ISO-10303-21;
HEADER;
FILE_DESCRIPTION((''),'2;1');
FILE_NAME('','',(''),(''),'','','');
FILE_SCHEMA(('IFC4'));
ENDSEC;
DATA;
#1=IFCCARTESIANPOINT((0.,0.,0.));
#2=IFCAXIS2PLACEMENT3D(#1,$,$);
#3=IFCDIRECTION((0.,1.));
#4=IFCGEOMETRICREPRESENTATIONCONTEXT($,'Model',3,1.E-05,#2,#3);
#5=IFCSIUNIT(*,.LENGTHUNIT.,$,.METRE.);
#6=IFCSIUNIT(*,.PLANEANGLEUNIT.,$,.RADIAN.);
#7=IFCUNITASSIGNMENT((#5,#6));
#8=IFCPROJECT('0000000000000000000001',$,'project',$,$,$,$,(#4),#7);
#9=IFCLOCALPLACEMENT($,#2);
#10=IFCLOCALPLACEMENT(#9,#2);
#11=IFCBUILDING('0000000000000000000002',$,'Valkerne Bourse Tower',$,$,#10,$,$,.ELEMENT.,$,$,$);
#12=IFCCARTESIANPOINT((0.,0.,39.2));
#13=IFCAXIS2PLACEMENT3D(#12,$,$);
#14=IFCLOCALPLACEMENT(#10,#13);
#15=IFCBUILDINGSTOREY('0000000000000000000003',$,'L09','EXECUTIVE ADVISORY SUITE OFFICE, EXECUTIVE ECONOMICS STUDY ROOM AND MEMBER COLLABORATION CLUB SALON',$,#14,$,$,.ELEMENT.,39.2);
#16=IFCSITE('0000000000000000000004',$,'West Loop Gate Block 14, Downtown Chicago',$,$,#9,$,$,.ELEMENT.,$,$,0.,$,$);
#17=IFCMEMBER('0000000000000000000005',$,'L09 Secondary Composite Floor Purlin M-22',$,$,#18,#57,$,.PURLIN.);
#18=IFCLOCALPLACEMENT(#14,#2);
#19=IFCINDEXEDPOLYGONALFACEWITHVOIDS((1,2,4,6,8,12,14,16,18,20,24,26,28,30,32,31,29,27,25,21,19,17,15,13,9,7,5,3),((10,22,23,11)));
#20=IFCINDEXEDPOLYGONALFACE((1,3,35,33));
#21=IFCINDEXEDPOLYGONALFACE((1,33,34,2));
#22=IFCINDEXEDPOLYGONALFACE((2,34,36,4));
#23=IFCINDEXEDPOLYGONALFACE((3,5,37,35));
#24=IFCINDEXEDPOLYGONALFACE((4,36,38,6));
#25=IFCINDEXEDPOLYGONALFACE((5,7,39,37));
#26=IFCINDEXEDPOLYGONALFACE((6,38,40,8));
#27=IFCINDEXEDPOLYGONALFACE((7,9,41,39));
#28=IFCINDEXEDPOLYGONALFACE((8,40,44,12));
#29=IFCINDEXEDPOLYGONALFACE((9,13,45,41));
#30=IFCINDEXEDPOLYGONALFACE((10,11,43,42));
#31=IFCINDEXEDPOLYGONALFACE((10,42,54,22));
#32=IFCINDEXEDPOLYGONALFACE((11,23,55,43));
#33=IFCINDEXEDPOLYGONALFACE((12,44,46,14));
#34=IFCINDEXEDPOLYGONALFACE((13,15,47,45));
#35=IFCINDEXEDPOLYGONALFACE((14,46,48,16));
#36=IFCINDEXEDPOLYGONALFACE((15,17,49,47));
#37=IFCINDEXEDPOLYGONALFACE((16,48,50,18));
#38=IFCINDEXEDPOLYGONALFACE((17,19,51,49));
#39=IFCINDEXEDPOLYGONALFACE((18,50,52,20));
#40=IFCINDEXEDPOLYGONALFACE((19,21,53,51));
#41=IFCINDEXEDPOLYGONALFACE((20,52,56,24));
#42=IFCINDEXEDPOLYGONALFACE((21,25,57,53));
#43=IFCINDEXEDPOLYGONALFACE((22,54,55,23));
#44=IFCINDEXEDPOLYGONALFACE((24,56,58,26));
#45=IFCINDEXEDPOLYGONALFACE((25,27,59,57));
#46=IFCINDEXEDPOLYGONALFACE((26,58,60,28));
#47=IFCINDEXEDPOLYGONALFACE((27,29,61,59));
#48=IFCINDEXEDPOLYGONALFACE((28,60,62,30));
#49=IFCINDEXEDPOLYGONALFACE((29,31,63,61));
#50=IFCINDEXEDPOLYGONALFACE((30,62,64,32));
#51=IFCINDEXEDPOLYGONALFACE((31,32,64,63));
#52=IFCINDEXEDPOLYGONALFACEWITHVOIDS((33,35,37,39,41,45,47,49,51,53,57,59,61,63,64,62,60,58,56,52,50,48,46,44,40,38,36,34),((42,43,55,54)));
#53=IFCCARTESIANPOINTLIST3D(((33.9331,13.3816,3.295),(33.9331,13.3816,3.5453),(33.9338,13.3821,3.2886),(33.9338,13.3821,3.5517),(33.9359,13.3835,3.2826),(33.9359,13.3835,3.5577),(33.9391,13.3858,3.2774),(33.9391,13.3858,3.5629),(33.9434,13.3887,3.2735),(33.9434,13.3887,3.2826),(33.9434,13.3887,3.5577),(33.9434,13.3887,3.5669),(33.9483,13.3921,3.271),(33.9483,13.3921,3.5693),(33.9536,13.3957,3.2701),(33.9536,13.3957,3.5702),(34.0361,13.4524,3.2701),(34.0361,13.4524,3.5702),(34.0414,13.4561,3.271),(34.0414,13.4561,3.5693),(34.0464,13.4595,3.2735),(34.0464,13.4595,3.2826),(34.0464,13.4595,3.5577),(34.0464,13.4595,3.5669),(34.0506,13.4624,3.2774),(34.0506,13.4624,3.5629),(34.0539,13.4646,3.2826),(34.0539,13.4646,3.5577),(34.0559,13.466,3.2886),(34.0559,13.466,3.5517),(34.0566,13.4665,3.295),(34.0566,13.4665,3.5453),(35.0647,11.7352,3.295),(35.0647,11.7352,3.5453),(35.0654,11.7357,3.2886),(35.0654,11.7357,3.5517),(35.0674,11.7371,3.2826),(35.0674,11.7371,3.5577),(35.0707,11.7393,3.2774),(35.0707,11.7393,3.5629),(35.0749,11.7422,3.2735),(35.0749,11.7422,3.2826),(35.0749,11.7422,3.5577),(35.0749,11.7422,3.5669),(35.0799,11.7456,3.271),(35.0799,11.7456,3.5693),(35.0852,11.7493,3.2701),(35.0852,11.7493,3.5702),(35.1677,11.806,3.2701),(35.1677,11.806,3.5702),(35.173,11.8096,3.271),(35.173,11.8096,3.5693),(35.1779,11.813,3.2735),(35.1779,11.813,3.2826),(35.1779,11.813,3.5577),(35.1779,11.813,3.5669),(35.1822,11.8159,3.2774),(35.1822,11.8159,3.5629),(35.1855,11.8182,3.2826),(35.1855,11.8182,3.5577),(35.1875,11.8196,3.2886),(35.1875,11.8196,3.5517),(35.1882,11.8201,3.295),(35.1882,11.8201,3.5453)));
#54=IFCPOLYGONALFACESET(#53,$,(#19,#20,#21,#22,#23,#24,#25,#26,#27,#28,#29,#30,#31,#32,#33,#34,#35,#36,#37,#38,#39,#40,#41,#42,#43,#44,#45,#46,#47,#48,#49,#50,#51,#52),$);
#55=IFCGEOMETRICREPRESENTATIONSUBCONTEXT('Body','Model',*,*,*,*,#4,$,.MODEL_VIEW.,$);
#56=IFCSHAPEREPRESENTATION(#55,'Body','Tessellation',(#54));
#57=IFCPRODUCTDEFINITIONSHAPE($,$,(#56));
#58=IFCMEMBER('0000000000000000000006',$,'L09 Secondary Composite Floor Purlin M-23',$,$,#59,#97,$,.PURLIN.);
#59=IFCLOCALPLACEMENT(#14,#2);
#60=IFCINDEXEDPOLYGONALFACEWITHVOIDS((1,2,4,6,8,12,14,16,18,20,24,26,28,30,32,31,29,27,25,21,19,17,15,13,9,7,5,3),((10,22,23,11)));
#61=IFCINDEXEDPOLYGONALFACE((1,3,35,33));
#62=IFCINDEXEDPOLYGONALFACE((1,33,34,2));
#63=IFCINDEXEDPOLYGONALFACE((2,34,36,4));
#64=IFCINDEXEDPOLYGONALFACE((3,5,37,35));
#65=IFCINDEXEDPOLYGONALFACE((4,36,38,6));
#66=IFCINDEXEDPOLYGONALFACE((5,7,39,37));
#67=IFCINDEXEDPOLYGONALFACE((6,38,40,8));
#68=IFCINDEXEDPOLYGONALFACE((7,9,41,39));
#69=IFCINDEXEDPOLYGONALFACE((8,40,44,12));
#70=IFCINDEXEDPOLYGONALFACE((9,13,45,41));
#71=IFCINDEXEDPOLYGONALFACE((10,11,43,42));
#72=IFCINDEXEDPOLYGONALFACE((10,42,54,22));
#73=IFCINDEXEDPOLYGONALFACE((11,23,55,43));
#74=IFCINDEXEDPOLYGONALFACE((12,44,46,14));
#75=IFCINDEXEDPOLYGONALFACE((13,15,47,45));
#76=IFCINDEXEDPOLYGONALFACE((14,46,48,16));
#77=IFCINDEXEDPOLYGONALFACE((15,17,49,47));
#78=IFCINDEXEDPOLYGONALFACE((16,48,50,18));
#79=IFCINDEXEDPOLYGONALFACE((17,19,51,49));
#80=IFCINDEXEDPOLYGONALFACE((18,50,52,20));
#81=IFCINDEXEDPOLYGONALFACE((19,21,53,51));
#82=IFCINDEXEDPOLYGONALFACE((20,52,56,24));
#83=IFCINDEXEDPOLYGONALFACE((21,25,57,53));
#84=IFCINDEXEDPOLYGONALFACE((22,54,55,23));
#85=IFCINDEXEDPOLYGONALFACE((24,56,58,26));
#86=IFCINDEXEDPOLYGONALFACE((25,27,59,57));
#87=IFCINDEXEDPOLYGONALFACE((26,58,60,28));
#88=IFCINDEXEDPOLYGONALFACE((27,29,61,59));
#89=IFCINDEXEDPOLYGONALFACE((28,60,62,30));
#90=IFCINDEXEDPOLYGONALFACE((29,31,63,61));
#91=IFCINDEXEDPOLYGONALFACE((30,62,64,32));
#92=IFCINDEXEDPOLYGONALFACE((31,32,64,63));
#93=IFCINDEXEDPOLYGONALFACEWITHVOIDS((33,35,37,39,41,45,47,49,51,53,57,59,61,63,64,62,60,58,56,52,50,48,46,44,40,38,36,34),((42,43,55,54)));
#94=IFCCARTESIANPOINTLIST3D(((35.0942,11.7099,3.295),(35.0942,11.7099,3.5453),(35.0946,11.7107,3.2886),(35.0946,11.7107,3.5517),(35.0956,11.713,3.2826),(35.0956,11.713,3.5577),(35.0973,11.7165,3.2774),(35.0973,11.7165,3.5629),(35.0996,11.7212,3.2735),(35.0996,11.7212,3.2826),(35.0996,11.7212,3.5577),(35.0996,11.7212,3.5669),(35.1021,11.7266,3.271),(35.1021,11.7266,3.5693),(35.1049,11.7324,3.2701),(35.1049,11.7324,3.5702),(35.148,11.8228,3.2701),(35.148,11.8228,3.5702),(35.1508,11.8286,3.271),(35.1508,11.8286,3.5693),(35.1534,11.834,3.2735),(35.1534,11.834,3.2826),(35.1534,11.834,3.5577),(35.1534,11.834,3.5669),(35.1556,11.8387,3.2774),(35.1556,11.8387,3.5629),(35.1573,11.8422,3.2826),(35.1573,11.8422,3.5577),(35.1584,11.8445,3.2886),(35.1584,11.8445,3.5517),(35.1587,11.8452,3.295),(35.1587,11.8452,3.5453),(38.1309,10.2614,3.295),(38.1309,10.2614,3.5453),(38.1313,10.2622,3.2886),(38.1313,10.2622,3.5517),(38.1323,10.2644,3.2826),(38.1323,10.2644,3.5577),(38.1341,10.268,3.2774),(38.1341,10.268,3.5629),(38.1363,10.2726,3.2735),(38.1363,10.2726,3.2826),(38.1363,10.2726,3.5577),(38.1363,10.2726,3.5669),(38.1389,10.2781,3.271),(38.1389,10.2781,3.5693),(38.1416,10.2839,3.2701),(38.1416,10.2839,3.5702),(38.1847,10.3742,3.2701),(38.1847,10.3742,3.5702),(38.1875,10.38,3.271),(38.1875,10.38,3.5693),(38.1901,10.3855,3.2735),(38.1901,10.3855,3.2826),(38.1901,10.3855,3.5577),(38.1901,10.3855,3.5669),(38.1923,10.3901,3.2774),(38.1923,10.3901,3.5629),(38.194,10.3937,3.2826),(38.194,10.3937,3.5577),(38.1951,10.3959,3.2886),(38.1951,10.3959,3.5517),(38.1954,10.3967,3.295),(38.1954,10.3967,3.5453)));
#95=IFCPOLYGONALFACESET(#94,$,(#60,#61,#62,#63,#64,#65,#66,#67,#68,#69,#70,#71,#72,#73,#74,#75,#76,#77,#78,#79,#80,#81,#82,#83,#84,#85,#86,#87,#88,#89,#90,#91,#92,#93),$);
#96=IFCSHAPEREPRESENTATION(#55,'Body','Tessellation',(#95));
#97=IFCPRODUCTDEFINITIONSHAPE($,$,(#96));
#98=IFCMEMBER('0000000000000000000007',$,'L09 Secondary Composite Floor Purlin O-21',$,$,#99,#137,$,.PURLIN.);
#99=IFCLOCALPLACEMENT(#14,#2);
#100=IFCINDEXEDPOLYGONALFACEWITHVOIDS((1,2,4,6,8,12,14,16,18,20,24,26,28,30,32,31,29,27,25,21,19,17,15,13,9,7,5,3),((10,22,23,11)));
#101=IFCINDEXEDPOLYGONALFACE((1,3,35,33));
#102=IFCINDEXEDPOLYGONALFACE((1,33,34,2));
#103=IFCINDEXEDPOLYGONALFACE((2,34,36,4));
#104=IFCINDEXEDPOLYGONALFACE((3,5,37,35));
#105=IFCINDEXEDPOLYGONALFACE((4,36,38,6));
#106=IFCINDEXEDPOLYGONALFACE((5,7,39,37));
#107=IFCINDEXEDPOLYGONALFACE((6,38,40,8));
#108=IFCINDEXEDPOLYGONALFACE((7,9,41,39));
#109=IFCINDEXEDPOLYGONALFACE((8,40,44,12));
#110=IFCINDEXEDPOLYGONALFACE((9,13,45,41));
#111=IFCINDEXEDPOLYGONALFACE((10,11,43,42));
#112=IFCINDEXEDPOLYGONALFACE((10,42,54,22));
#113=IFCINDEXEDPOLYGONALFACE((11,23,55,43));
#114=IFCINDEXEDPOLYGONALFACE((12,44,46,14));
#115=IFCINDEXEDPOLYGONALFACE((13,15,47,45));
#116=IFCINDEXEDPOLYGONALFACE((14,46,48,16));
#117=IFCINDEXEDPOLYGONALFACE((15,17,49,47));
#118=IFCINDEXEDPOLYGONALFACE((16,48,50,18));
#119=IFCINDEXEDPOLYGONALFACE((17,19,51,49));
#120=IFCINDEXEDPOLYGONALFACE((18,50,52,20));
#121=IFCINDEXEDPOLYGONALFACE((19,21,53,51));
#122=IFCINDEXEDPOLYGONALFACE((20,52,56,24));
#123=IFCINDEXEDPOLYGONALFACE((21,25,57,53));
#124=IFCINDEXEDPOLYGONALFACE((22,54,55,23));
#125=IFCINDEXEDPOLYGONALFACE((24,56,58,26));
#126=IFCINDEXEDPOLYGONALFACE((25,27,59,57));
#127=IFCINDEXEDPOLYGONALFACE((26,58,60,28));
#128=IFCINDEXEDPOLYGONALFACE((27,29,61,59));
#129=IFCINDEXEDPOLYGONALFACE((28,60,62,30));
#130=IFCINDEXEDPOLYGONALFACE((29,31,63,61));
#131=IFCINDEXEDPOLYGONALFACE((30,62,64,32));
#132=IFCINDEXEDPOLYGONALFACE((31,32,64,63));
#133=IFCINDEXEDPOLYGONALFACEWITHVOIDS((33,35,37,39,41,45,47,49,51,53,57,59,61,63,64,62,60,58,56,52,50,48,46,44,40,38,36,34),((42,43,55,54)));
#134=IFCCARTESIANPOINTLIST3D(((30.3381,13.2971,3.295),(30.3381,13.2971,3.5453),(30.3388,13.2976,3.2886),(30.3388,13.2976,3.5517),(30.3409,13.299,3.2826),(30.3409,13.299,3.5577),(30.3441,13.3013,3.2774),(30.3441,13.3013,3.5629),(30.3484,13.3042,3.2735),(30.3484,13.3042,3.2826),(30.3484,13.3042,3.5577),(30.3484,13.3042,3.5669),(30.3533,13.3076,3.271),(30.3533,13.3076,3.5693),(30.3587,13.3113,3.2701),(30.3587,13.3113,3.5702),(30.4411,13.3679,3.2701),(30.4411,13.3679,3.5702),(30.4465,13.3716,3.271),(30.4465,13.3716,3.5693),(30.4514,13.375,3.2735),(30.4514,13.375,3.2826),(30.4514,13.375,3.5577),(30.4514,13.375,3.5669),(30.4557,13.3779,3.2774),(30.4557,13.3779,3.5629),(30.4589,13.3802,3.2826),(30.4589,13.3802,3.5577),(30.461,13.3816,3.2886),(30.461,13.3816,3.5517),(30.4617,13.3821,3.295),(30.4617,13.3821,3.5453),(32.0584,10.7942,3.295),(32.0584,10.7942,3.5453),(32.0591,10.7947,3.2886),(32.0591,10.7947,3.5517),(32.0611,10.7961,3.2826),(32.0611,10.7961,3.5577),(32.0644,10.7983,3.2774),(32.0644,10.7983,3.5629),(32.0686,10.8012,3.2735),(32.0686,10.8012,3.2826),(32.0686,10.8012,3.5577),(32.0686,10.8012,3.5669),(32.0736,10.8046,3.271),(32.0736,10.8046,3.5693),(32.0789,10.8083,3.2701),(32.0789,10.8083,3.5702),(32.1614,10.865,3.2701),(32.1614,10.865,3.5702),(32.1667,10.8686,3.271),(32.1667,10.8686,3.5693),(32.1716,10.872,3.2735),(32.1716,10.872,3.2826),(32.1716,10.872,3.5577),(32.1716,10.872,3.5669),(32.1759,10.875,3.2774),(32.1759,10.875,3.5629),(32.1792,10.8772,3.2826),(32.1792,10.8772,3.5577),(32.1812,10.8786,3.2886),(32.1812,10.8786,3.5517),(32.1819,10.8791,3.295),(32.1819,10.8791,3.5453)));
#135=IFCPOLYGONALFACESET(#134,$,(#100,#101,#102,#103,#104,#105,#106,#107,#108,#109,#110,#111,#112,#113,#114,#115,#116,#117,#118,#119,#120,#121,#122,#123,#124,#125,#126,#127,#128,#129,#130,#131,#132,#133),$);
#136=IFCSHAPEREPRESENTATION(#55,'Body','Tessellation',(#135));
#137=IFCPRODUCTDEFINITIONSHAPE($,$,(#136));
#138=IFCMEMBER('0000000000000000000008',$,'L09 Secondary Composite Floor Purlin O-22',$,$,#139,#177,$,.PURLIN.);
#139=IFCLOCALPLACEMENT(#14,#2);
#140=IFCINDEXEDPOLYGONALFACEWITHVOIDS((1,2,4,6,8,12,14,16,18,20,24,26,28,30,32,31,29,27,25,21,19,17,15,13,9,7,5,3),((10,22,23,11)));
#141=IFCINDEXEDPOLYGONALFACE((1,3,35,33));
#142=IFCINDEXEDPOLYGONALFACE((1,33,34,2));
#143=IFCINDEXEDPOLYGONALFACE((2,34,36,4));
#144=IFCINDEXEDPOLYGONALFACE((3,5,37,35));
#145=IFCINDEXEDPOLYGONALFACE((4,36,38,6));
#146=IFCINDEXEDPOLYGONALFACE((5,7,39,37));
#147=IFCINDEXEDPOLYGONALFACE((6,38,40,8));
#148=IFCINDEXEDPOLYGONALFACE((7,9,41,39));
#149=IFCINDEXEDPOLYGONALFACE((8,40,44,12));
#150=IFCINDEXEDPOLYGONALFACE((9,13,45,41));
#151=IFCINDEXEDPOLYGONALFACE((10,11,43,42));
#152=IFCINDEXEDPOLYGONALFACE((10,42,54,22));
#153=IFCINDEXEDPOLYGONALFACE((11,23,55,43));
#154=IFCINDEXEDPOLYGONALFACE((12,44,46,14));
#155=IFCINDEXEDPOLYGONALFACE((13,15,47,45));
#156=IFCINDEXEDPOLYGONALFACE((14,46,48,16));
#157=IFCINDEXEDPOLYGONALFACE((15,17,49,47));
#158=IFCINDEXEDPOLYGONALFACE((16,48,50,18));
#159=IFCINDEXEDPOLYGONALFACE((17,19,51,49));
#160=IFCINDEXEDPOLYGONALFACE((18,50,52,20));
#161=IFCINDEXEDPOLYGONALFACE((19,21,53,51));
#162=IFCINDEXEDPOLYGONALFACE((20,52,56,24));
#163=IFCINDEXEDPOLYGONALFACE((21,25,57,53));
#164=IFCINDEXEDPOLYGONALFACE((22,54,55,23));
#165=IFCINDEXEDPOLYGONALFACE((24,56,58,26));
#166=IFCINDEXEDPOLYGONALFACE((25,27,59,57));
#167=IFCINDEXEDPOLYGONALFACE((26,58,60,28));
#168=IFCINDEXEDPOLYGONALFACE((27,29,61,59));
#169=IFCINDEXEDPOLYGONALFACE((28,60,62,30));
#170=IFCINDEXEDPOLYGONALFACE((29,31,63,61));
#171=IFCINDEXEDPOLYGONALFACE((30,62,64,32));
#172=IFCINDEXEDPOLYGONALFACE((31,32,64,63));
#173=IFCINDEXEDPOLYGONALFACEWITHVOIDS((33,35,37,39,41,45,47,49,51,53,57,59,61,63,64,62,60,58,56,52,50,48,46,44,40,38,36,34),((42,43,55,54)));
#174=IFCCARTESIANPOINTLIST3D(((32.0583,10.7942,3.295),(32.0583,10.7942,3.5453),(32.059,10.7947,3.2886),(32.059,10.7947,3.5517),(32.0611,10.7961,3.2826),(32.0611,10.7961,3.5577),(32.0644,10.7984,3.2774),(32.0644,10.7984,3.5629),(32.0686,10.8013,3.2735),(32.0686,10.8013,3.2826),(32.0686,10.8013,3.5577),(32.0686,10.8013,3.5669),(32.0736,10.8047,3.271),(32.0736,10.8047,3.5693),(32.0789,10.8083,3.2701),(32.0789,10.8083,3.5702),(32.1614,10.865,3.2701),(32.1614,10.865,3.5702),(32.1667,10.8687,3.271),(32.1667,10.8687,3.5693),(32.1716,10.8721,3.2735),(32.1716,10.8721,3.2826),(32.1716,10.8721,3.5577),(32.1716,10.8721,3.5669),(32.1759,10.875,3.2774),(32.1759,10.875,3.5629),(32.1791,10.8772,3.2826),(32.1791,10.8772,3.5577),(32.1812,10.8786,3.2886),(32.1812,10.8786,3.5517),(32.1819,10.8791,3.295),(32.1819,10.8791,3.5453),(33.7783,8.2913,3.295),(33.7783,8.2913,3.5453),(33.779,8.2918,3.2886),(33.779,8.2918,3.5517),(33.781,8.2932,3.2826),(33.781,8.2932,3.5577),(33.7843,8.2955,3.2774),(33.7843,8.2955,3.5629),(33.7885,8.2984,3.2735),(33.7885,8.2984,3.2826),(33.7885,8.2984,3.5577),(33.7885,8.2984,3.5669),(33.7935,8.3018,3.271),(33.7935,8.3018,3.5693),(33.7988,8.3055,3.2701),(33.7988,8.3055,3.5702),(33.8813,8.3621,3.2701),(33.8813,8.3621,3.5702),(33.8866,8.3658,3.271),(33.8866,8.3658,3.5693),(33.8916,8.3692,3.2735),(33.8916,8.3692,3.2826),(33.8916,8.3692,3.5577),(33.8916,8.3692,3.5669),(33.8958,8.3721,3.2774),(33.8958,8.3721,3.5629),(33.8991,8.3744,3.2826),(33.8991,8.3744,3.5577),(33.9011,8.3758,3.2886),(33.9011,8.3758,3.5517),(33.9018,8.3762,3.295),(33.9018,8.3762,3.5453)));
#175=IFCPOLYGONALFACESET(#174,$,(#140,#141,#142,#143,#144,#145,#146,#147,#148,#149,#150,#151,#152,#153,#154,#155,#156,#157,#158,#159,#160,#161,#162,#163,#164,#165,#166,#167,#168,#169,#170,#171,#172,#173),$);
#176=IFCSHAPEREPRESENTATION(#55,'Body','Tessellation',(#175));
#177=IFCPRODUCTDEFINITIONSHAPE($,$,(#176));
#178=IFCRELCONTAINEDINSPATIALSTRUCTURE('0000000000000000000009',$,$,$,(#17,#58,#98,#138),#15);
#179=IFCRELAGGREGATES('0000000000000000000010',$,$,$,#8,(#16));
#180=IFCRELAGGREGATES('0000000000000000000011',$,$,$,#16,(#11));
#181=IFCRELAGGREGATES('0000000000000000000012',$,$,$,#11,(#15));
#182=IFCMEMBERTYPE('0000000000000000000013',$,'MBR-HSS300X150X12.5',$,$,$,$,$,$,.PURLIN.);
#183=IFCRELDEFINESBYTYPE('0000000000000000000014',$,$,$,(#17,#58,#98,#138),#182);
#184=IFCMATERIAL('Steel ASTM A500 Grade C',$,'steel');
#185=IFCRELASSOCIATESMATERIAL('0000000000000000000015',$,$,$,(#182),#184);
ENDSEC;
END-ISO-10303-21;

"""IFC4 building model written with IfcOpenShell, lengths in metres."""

from ifc_helpers import new_model, si_unit, direction, frame, origin, origin_2d, place, context, subcontext, project, spatial, hollow_rectangle, extrude, material, material_profile, profile_set, type_object, element, save


model = new_model("IFC4")

# Units and contexts
model_context = context("Model", 3, precision=1e-05, world=origin(), true_north=direction((0.0, 1.0)))
body_context = subcontext(model_context, "Body", "Model", "MODEL_VIEW")
ifc_project = project(units=[si_unit("LENGTHUNIT", "METRE"), si_unit("PLANEANGLEUNIT", "RADIAN")], contexts=[model_context])

# Site, building, storey
site_placement = place(None, origin())
site = spatial("IfcSite", under=ifc_project, at=site_placement, Name="West Loop Gate Block 14, Downtown Chicago", CompositionType="ELEMENT", RefElevation=0.0)
building_placement = place(site_placement, origin())
building = spatial("IfcBuilding", under=site, at=building_placement, Name="Valkerne Bourse Tower", CompositionType="ELEMENT")
storey_placement = place(building_placement, frame((0.0, 0.0, 39.2)))
storey = spatial("IfcBuildingStorey", under=building, at=storey_placement, Name="L09", Description="EXECUTIVE ADVISORY SUITE OFFICE, EXECUTIVE ECONOMICS STUDY ROOM AND MEMBER COLLABORATION CLUB SALON", CompositionType="ELEMENT", Elevation=39.2)

# Members
ifc_material_1 = material(Name="Steel ASTM A500 Grade C", Category="steel")
ifc_material_profile_1 = material_profile(ifc_material_1, hollow_rectangle(XDim=0.1499, YDim=0.3, WallThickness=0.0125, OuterFilletRadius=0.0249, at=origin_2d()), Name="HSS300X150X12.5")
ifc_profile_set_1 = profile_set([ifc_material_profile_1], Name="Steel ASTM A500 Grade C")
member_type_1 = type_object("IfcMemberType", Name="MBR-HSS300X150X12.5", PredefinedType="PURLIN", material=ifc_profile_set_1)
member_1_placement = place(storey_placement, frame((33.9949, 13.4241, 3.4202), z_axis=(0.566404, -0.824127, 0.0), x_axis=(0.824127, 0.566404, 0.0)))
element("IfcMember", 1, at=member_1_placement, inside=storey, type_object=member_type_1, Name="L09 Secondary Composite Floor Purlin M-22", PredefinedType="PURLIN", context=body_context, shape_type="SweptSolid", body=[
    extrude(hollow_rectangle(XDim=0.1499, YDim=0.3, WallThickness=0.0125, OuterFilletRadius=0.0249, at=origin_2d()), origin(), (0.0, 0.0, 1.0), 1.9978),
])
member_2_placement = place(storey_placement, frame((35.1265, 11.7776, 3.4202), z_axis=(0.902575, -0.430533, 0.0), x_axis=(0.430533, 0.902575, 0.0)))
element("IfcMember", 2, at=member_2_placement, inside=storey, type_object=member_type_1, Name="L09 Secondary Composite Floor Purlin M-23", PredefinedType="PURLIN", context=body_context, shape_type="SweptSolid", body=[
    extrude(hollow_rectangle(XDim=0.1499, YDim=0.3, WallThickness=0.0125, OuterFilletRadius=0.0249, at=origin_2d()), origin(), (0.0, 0.0, 1.0), 3.3645),
])
member_3_placement = place(storey_placement, frame((30.3999, 13.3396, 3.4202), z_axis=(0.566406, -0.824126, 0.0), x_axis=(0.824126, 0.566406, 0.0)))
element("IfcMember", 3, at=member_3_placement, inside=storey, type_object=member_type_1, Name="L09 Secondary Composite Floor Purlin O-21", PredefinedType="PURLIN", context=body_context, shape_type="SweptSolid", body=[
    extrude(hollow_rectangle(XDim=0.1499, YDim=0.3, WallThickness=0.0125, OuterFilletRadius=0.0249, at=origin_2d()), origin(), (0.0, 0.0, 1.0), 3.0371),
])
member_4_placement = place(storey_placement, frame((32.1201, 10.8367, 3.4202), z_axis=(0.566351, -0.824164, 0.0), x_axis=(0.824164, 0.566351, 0.0)))
element("IfcMember", 4, at=member_4_placement, inside=storey, type_object=member_type_1, Name="L09 Secondary Composite Floor Purlin O-22", PredefinedType="PURLIN", context=body_context, shape_type="SweptSolid", body=[
    extrude(hollow_rectangle(XDim=0.1499, YDim=0.3, WallThickness=0.0125, OuterFilletRadius=0.0249, at=origin_2d()), origin(), (0.0, 0.0, 1.0), 3.0369),
])

save(model, "model.ifc")
